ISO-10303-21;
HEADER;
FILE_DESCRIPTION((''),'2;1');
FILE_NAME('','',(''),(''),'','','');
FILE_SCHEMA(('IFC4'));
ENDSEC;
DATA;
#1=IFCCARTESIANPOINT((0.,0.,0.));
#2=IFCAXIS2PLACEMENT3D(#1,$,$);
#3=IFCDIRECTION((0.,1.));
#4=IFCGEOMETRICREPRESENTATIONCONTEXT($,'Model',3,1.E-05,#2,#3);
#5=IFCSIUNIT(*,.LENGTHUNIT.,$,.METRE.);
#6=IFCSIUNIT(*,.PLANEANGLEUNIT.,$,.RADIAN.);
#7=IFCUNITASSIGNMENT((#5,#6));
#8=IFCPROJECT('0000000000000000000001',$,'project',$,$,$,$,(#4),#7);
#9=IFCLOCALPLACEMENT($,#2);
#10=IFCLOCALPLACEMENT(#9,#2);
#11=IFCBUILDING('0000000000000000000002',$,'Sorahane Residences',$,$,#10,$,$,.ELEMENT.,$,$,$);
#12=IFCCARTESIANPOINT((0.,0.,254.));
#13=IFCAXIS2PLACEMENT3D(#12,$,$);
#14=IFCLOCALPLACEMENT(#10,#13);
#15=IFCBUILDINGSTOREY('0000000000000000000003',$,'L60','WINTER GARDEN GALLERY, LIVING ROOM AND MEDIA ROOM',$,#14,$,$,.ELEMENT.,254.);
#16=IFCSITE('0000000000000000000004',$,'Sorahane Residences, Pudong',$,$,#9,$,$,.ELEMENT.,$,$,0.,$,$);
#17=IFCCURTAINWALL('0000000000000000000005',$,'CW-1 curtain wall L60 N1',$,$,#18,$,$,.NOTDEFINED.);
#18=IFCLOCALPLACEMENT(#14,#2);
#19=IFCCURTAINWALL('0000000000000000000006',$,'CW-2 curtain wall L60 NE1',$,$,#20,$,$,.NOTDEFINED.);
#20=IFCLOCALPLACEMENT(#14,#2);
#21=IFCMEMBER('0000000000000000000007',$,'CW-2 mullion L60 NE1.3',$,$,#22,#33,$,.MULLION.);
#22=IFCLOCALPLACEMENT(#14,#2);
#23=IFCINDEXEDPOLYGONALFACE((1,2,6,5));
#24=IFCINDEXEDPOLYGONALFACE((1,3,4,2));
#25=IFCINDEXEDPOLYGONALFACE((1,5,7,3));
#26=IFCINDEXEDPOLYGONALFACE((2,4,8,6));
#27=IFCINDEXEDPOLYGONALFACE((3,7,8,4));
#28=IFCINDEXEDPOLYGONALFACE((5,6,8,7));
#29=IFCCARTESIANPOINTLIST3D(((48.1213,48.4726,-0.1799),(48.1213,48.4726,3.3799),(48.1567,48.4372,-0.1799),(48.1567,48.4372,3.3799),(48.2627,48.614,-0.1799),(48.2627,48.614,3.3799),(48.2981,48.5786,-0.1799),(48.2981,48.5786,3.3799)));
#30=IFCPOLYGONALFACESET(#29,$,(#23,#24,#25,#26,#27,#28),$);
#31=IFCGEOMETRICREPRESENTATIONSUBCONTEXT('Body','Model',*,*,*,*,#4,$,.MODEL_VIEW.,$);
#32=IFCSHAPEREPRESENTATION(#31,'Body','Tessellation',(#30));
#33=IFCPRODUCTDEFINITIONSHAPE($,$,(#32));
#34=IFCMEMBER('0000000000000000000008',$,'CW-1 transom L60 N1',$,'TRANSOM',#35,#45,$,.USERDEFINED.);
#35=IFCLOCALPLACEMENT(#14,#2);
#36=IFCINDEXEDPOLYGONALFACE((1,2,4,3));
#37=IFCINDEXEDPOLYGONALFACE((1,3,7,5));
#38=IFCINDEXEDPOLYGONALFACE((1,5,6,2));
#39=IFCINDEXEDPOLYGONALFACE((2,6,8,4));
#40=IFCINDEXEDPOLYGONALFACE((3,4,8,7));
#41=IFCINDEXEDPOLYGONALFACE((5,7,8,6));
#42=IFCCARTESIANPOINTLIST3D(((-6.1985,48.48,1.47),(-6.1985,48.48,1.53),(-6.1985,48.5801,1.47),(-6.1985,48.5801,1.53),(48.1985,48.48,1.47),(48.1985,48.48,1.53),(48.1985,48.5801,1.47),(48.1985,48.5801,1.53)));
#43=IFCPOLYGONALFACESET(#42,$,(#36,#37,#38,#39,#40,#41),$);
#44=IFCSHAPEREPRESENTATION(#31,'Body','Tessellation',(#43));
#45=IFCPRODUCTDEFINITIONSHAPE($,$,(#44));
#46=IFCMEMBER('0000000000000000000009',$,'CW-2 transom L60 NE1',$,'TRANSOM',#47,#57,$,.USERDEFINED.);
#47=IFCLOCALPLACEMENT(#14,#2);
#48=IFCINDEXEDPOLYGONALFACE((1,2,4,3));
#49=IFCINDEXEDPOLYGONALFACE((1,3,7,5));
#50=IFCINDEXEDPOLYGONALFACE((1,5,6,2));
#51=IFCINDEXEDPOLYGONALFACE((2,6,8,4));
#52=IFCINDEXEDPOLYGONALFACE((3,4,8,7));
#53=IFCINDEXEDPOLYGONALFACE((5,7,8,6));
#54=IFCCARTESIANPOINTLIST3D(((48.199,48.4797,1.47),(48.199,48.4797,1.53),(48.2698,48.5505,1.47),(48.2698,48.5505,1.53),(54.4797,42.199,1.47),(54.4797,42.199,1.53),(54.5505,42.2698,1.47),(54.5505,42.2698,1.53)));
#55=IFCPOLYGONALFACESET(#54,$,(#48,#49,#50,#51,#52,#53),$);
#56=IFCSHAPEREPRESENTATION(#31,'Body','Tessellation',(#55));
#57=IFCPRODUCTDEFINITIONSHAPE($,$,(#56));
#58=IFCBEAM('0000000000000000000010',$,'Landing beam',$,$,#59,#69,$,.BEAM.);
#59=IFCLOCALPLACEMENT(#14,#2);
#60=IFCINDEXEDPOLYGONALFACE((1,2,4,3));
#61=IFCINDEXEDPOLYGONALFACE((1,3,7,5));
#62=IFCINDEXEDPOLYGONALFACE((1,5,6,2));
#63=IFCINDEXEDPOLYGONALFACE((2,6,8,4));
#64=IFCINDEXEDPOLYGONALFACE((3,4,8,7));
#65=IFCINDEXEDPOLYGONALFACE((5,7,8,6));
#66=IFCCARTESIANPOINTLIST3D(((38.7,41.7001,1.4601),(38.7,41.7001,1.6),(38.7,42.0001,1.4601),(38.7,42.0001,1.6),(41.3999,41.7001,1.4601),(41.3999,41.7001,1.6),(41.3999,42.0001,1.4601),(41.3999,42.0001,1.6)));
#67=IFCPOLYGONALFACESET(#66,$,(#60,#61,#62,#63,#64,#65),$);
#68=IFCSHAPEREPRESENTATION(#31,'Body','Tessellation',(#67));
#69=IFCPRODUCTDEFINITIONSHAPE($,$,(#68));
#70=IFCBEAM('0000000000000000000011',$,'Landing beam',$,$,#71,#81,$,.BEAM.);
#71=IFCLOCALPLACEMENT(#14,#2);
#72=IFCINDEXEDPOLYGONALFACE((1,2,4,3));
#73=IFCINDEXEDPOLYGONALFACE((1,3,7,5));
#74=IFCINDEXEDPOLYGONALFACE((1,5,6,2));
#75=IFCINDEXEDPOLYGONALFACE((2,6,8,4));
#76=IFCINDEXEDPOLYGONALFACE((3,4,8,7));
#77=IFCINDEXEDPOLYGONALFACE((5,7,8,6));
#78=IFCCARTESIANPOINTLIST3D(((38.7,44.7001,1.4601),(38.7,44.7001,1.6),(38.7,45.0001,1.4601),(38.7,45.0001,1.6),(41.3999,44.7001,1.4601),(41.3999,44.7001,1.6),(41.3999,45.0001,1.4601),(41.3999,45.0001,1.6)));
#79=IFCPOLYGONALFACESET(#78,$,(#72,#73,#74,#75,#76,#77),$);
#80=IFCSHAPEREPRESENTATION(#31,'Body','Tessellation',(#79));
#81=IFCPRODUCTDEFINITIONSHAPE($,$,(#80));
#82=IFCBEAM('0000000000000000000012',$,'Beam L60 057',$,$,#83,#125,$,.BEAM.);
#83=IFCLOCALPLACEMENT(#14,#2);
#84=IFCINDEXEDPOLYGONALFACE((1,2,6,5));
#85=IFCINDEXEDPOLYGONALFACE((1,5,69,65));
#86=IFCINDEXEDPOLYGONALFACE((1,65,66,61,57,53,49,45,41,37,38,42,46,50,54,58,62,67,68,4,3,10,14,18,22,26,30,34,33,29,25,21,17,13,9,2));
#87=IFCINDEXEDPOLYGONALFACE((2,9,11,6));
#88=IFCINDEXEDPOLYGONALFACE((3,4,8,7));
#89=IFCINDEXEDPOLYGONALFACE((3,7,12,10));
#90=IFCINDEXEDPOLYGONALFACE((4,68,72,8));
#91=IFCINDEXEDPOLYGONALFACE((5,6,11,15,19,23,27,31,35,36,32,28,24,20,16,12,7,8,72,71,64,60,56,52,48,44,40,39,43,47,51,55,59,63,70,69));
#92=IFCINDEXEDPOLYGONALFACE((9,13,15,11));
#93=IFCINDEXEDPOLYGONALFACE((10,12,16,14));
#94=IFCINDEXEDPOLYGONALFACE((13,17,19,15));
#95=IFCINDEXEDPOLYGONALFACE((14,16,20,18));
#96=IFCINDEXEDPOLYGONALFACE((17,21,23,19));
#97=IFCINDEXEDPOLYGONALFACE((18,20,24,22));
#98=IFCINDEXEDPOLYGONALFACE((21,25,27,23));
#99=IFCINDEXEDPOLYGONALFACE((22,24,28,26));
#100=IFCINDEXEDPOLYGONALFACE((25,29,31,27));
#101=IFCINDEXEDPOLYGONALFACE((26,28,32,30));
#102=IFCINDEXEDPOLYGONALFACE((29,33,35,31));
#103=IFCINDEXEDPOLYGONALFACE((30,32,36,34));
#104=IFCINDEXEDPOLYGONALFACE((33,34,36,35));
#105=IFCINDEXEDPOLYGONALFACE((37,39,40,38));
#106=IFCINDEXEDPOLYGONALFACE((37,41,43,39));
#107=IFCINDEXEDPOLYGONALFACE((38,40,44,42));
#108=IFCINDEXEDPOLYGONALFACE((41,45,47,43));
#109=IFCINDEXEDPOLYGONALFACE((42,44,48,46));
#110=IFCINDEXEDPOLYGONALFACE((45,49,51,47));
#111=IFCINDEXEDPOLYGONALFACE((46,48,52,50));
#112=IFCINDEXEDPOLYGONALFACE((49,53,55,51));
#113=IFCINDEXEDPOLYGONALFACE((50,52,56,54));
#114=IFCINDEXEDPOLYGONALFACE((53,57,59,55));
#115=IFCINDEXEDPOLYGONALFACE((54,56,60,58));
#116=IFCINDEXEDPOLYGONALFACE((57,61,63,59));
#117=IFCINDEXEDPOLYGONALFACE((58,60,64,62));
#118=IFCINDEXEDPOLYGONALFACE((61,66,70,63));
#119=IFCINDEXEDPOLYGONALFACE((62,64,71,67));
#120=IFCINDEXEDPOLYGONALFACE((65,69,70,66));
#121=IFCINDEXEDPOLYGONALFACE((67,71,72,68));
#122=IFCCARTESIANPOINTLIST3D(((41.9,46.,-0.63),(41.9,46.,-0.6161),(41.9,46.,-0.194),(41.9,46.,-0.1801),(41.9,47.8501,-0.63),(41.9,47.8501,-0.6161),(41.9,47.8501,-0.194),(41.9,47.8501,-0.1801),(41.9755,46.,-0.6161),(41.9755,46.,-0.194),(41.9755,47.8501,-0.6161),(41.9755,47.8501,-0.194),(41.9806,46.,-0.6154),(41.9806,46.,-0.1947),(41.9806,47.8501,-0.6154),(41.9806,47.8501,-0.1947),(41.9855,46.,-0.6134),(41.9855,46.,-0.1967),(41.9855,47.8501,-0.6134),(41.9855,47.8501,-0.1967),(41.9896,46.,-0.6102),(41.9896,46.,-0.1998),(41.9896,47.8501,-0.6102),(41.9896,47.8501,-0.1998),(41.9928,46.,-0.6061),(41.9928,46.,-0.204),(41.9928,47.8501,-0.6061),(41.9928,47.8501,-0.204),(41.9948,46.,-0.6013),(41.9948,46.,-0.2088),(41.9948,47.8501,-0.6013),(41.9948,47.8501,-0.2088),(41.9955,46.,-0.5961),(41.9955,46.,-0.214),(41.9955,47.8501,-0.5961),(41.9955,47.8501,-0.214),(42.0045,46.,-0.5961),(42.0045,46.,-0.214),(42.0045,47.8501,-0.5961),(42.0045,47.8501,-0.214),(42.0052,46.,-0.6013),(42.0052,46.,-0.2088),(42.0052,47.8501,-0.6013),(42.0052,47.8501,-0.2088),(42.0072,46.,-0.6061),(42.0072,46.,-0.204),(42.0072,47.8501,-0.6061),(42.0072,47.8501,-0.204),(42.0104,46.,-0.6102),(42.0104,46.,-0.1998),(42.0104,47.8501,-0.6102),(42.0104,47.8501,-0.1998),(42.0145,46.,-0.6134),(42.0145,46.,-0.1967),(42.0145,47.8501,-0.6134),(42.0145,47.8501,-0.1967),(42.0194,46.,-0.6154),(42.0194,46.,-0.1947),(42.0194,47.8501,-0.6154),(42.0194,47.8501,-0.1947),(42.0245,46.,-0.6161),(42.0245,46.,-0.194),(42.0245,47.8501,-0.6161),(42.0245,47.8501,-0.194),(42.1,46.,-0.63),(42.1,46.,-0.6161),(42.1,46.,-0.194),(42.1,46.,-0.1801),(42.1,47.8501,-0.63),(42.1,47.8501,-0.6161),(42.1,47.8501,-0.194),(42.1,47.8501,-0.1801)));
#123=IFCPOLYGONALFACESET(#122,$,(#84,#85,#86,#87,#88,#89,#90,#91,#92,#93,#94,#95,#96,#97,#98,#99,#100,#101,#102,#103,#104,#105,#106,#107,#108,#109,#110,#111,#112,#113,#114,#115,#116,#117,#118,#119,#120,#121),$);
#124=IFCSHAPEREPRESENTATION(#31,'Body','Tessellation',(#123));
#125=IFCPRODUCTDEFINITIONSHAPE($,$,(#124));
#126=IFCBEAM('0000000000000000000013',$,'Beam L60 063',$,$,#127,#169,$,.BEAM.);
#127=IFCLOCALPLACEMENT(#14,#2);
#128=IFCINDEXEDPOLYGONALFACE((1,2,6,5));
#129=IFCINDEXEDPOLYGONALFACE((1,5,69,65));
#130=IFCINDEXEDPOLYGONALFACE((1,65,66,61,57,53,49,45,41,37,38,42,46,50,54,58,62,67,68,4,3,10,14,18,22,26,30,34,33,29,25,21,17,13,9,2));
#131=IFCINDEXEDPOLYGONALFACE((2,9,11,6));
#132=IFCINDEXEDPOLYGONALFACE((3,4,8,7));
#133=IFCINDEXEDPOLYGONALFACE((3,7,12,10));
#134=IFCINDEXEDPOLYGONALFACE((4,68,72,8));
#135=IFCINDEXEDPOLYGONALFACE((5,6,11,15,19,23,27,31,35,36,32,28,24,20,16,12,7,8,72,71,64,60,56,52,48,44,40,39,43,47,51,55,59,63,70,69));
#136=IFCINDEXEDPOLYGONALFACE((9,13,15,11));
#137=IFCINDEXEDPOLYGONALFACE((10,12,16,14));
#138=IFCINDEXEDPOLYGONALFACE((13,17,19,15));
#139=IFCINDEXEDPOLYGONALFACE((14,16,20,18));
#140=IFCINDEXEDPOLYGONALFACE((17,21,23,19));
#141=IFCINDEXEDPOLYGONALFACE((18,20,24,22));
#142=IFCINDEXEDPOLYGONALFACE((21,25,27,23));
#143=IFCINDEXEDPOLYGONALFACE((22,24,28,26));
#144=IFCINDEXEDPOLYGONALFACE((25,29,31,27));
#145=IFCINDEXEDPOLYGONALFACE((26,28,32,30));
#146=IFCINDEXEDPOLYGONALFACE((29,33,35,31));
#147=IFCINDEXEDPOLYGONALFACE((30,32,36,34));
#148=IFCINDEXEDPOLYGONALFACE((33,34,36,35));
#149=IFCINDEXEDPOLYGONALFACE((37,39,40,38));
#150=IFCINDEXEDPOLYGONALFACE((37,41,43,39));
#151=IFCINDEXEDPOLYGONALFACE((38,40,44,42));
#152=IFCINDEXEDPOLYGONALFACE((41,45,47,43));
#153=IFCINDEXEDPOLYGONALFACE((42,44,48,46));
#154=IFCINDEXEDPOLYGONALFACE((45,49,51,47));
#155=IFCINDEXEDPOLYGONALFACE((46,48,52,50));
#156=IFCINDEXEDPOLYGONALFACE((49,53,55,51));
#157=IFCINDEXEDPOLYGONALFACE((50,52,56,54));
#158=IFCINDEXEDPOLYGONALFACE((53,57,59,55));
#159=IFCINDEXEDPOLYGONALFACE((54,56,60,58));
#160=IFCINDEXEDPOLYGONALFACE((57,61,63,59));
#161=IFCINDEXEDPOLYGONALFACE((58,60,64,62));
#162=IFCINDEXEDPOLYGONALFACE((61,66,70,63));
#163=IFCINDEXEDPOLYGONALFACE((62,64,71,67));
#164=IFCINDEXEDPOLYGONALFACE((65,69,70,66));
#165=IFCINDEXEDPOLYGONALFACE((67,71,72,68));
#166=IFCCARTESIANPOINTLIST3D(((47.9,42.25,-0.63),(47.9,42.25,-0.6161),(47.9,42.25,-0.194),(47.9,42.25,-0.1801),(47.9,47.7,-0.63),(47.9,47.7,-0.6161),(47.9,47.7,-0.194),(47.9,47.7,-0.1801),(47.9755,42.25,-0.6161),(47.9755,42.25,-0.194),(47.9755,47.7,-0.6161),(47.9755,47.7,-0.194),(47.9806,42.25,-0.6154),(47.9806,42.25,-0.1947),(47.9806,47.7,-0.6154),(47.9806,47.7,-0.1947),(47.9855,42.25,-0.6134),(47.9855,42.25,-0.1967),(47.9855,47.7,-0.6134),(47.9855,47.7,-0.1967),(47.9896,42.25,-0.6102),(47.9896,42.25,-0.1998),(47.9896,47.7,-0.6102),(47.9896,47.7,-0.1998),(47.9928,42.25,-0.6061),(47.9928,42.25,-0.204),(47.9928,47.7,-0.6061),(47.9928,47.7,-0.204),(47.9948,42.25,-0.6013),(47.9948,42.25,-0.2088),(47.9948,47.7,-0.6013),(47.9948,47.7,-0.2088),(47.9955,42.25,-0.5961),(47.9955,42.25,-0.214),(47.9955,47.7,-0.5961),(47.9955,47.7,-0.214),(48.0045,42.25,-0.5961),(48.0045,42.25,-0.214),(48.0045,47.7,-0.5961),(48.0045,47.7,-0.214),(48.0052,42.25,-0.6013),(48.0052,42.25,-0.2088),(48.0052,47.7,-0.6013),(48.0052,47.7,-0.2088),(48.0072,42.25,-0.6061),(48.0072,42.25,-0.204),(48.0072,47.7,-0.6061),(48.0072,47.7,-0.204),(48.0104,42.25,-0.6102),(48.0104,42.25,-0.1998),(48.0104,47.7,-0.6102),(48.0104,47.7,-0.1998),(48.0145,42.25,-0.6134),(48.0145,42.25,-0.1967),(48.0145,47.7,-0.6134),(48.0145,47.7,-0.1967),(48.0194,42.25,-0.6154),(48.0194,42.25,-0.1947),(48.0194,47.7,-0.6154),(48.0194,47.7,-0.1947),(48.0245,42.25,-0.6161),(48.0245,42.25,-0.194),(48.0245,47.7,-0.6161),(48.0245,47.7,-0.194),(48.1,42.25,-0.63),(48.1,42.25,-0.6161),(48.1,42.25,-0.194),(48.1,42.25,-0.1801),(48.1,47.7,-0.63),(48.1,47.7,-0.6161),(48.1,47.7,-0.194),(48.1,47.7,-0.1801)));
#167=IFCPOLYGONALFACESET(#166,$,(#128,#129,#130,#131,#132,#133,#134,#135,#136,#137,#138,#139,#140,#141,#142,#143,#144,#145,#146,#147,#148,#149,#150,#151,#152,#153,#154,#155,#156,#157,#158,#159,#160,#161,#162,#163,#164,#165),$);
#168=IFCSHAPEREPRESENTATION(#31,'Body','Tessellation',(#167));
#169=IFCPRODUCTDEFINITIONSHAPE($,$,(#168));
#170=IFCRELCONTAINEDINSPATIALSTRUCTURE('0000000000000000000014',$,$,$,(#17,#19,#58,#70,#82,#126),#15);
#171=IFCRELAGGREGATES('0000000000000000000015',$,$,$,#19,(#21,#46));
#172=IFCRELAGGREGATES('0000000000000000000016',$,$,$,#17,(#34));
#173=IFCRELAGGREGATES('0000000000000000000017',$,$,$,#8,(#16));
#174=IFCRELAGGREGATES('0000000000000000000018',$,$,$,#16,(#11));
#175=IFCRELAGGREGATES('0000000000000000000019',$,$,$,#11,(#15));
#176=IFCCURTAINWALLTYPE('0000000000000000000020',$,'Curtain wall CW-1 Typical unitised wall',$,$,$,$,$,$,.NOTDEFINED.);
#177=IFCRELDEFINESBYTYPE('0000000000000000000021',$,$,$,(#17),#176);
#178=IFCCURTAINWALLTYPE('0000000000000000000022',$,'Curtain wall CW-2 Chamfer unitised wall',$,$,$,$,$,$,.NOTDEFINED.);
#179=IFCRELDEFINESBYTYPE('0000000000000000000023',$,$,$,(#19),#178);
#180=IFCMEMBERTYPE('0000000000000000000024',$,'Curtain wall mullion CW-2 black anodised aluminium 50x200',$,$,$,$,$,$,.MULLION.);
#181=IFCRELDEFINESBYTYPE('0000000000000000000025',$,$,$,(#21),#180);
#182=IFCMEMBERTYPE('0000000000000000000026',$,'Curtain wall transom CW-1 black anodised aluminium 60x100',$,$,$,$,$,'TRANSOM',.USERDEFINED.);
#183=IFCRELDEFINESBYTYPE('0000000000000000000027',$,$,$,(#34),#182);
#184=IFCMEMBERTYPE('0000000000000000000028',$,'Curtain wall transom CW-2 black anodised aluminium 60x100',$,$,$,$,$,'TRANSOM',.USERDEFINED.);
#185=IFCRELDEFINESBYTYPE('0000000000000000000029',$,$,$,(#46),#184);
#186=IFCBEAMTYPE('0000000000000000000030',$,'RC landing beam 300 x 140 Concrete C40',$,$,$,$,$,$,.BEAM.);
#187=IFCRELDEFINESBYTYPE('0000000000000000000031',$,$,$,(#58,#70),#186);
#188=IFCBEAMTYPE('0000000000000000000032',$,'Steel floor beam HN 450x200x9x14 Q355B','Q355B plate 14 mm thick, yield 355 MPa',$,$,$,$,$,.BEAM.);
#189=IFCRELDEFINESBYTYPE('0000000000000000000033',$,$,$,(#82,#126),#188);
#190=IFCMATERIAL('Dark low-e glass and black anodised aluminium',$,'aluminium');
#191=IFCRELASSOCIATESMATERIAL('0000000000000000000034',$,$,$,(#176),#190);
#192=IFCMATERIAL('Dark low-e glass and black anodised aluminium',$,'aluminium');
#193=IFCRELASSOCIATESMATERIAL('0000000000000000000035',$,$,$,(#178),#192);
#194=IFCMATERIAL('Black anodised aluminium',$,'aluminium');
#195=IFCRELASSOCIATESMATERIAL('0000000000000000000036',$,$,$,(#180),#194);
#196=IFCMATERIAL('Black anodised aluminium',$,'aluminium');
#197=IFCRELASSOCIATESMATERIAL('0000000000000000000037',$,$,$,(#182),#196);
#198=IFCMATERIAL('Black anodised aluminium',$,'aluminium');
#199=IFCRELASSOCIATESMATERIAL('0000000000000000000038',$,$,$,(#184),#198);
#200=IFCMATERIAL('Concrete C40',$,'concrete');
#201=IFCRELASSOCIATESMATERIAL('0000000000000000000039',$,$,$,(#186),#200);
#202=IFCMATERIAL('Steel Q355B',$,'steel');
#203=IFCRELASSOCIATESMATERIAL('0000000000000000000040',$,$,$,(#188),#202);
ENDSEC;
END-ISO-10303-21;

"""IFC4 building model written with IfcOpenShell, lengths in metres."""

from ifc_helpers import new_model, si_unit, direction, frame, origin, origin_2d, place, context, subcontext, project, spatial, rectangle, i_section, extrude, material, material_profile, profile_set, type_object, element, aggregate, save


model = new_model("IFC4")

# Units and contexts
model_context = context("Model", 3, precision=1e-05, world=origin(), true_north=direction((0.0, 1.0)))
body_context = subcontext(model_context, "Body", "Model", "MODEL_VIEW")
ifc_project = project(units=[si_unit("LENGTHUNIT", "METRE"), si_unit("PLANEANGLEUNIT", "RADIAN")], contexts=[model_context])

# Site, building, storey
site_placement = place(None, origin())
site = spatial("IfcSite", under=ifc_project, at=site_placement, Name="Sorahane Residences, Pudong", CompositionType="ELEMENT", RefElevation=0.0)
building_placement = place(site_placement, origin())
building = spatial("IfcBuilding", under=site, at=building_placement, Name="Sorahane Residences", CompositionType="ELEMENT")
storey_placement = place(building_placement, frame((0.0, 0.0, 254.0)))
storey = spatial("IfcBuildingStorey", under=building, at=storey_placement, Name="L60", Description="WINTER GARDEN GALLERY, LIVING ROOM AND MEDIA ROOM", CompositionType="ELEMENT", Elevation=254.0)

# Curtain wall
ifc_material_1 = material(Name="Dark low-e glass and black anodised aluminium", Category="aluminium")
curtain_wall_type_1 = type_object("IfcCurtainWallType", Name="Curtain wall CW-1 Typical unitised wall", PredefinedType="NOTDEFINED", material=ifc_material_1)
curtain_wall_1_placement = place(storey_placement, origin())
curtain_wall_1 = element("IfcCurtainWall", 1, at=curtain_wall_1_placement, inside=storey, type_object=curtain_wall_type_1, Name="CW-1 curtain wall L60 N1", PredefinedType="NOTDEFINED")

# Curtain wall, member
ifc_material_2 = material(Name="Dark low-e glass and black anodised aluminium", Category="aluminium")
curtain_wall_type_2 = type_object("IfcCurtainWallType", Name="Curtain wall CW-2 Chamfer unitised wall", PredefinedType="NOTDEFINED", material=ifc_material_2)
curtain_wall_2_placement = place(storey_placement, origin())
curtain_wall_2 = element("IfcCurtainWall", 2, at=curtain_wall_2_placement, inside=storey, type_object=curtain_wall_type_2, Name="CW-2 curtain wall L60 NE1", PredefinedType="NOTDEFINED")
ifc_material_3 = material(Name="Black anodised aluminium", Category="aluminium")
ifc_material_profile_1 = material_profile(ifc_material_3, rectangle(XDim=0.2, YDim=0.05, at=origin_2d()), Name="Curtain wall mullion CW-2 black anodised aluminium 50x200")
ifc_profile_set_1 = profile_set([ifc_material_profile_1], Name="Black anodised aluminium")
member_type_1 = type_object("IfcMemberType", Name="Curtain wall mullion CW-2 black anodised aluminium 50x200", PredefinedType="MULLION", material=ifc_profile_set_1)
member_1_placement = place(storey_placement, frame((48.2097, 48.5256, -0.1799), z_axis=(0.0, 0.0, 1.0), x_axis=(0.707107, 0.707107, 0.0)))
member_1 = element("IfcMember", 3, at=member_1_placement, type_object=member_type_1, Name="CW-2 mullion L60 NE1.3", PredefinedType="MULLION", context=body_context, shape_type="SweptSolid", body=[
    extrude(rectangle(XDim=0.2, YDim=0.05, at=origin_2d()), origin(), (0.0, 0.0, 1.0), 3.5598),
])

# Members
ifc_material_4 = material(Name="Black anodised aluminium", Category="aluminium")
ifc_material_profile_2 = material_profile(ifc_material_4, rectangle(XDim=0.1001, YDim=0.0601, at=origin_2d()), Name="Curtain wall transom CW-1 black anodised aluminium 60x100")
ifc_profile_set_2 = profile_set([ifc_material_profile_2], Name="Black anodised aluminium")
member_type_2 = type_object("IfcMemberType", Name="Curtain wall transom CW-1 black anodised aluminium 60x100", ElementType="TRANSOM", PredefinedType="USERDEFINED", material=ifc_profile_set_2)
member_2_placement = place(storey_placement, frame((48.1985, 48.53, 1.5), z_axis=(-1.0, 0.0, 0.0), x_axis=(0.0, -1.0, 0.0)))
member_2 = element("IfcMember", 4, at=member_2_placement, type_object=member_type_2, Name="CW-1 transom L60 N1", ObjectType="TRANSOM", PredefinedType="USERDEFINED", context=body_context, shape_type="SweptSolid", body=[
    extrude(rectangle(XDim=0.1001, YDim=0.0601, at=origin_2d()), origin(), (0.0, 0.0, 1.0), 54.397),
])
ifc_material_5 = material(Name="Black anodised aluminium", Category="aluminium")
ifc_material_profile_3 = material_profile(ifc_material_5, rectangle(XDim=0.1001, YDim=0.0601, at=origin_2d()), Name="Curtain wall transom CW-2 black anodised aluminium 60x100")
ifc_profile_set_3 = profile_set([ifc_material_profile_3], Name="Black anodised aluminium")
member_type_3 = type_object("IfcMemberType", Name="Curtain wall transom CW-2 black anodised aluminium 60x100", ElementType="TRANSOM", PredefinedType="USERDEFINED", material=ifc_profile_set_3)
member_3_placement = place(storey_placement, frame((54.5151, 42.2344, 1.5), z_axis=(-0.707107, 0.707107, 0.0), x_axis=(-0.707107, -0.707107, 0.0)))
member_3 = element("IfcMember", 5, at=member_3_placement, type_object=member_type_3, Name="CW-2 transom L60 NE1", ObjectType="TRANSOM", PredefinedType="USERDEFINED", context=body_context, shape_type="SweptSolid", body=[
    extrude(rectangle(XDim=0.1001, YDim=0.0601, at=origin_2d()), origin(), (0.0, 0.0, 1.0), 8.8823),
])

# Beams
ifc_material_6 = material(Name="Concrete C40", Category="concrete")
ifc_material_profile_4 = material_profile(ifc_material_6, rectangle(XDim=0.3, YDim=0.1399, at=origin_2d()), Name="300x140")
ifc_profile_set_4 = profile_set([ifc_material_profile_4], Name="Concrete C40")
beam_type_1 = type_object("IfcBeamType", Name="RC landing beam 300 x 140 Concrete C40", PredefinedType="BEAM", material=ifc_profile_set_4)
for number, where, z_axis, x_axis, name in (
    (6, (38.7, 41.8501, 1.53), (1.0, 0.0, 0.0), (0.0, 1.0, 0.0), "Landing beam"),
    (7, (38.7, 44.8501, 1.53), (1.0, 0.0, 0.0), (0.0, 1.0, 0.0), "Landing beam"),
):
    element("IfcBeam", number, at=place(storey_placement, frame(where, z_axis=z_axis, x_axis=x_axis)), inside=storey, type_object=beam_type_1, Name=name, PredefinedType="BEAM", context=body_context, shape_type="SweptSolid", body=[
        extrude(rectangle(XDim=0.3, YDim=0.1399, at=origin_2d()), origin(), (0.0, 0.0, 1.0), 2.7),
    ])
ifc_material_7 = material(Name="Steel Q355B", Category="steel")
ifc_material_profile_5 = material_profile(ifc_material_7, i_section(OverallWidth=0.2, OverallDepth=0.45, WebThickness=0.009, FlangeThickness=0.0139, FilletRadius=0.02, at=origin_2d()), Name="HN 450x200x9x14")
ifc_profile_set_5 = profile_set([ifc_material_profile_5], Name="Steel Q355B")
beam_type_2 = type_object("IfcBeamType", Name="Steel floor beam HN 450x200x9x14 Q355B", Description="Q355B plate 14 mm thick, yield 355 MPa", PredefinedType="BEAM", material=ifc_profile_set_5)
beam_1_placement = place(storey_placement, frame((42.0, 46.0, -0.405), z_axis=(0.0, 1.0, 0.0), x_axis=(-1.0, 0.0, 0.0)))
element("IfcBeam", 8, at=beam_1_placement, inside=storey, type_object=beam_type_2, Name="Beam L60 057", PredefinedType="BEAM", context=body_context, shape_type="SweptSolid", body=[
    extrude(i_section(OverallWidth=0.2, OverallDepth=0.45, WebThickness=0.009, FlangeThickness=0.0139, FilletRadius=0.02, at=origin_2d()), origin(), (0.0, 0.0, 1.0), 1.8501),
])
beam_2_placement = place(storey_placement, frame((48.0, 42.25, -0.405), z_axis=(0.0, 1.0, 0.0), x_axis=(-1.0, 0.0, 0.0)))
element("IfcBeam", 9, at=beam_2_placement, inside=storey, type_object=beam_type_2, Name="Beam L60 063", PredefinedType="BEAM", context=body_context, shape_type="SweptSolid", body=[
    extrude(i_section(OverallWidth=0.2, OverallDepth=0.45, WebThickness=0.009, FlangeThickness=0.0139, FilletRadius=0.02, at=origin_2d()), origin(), (0.0, 0.0, 1.0), 5.45),
])

aggregate(curtain_wall_2, [member_1, member_3])
aggregate(curtain_wall_1, [member_2])

save(model, "model.ifc")
